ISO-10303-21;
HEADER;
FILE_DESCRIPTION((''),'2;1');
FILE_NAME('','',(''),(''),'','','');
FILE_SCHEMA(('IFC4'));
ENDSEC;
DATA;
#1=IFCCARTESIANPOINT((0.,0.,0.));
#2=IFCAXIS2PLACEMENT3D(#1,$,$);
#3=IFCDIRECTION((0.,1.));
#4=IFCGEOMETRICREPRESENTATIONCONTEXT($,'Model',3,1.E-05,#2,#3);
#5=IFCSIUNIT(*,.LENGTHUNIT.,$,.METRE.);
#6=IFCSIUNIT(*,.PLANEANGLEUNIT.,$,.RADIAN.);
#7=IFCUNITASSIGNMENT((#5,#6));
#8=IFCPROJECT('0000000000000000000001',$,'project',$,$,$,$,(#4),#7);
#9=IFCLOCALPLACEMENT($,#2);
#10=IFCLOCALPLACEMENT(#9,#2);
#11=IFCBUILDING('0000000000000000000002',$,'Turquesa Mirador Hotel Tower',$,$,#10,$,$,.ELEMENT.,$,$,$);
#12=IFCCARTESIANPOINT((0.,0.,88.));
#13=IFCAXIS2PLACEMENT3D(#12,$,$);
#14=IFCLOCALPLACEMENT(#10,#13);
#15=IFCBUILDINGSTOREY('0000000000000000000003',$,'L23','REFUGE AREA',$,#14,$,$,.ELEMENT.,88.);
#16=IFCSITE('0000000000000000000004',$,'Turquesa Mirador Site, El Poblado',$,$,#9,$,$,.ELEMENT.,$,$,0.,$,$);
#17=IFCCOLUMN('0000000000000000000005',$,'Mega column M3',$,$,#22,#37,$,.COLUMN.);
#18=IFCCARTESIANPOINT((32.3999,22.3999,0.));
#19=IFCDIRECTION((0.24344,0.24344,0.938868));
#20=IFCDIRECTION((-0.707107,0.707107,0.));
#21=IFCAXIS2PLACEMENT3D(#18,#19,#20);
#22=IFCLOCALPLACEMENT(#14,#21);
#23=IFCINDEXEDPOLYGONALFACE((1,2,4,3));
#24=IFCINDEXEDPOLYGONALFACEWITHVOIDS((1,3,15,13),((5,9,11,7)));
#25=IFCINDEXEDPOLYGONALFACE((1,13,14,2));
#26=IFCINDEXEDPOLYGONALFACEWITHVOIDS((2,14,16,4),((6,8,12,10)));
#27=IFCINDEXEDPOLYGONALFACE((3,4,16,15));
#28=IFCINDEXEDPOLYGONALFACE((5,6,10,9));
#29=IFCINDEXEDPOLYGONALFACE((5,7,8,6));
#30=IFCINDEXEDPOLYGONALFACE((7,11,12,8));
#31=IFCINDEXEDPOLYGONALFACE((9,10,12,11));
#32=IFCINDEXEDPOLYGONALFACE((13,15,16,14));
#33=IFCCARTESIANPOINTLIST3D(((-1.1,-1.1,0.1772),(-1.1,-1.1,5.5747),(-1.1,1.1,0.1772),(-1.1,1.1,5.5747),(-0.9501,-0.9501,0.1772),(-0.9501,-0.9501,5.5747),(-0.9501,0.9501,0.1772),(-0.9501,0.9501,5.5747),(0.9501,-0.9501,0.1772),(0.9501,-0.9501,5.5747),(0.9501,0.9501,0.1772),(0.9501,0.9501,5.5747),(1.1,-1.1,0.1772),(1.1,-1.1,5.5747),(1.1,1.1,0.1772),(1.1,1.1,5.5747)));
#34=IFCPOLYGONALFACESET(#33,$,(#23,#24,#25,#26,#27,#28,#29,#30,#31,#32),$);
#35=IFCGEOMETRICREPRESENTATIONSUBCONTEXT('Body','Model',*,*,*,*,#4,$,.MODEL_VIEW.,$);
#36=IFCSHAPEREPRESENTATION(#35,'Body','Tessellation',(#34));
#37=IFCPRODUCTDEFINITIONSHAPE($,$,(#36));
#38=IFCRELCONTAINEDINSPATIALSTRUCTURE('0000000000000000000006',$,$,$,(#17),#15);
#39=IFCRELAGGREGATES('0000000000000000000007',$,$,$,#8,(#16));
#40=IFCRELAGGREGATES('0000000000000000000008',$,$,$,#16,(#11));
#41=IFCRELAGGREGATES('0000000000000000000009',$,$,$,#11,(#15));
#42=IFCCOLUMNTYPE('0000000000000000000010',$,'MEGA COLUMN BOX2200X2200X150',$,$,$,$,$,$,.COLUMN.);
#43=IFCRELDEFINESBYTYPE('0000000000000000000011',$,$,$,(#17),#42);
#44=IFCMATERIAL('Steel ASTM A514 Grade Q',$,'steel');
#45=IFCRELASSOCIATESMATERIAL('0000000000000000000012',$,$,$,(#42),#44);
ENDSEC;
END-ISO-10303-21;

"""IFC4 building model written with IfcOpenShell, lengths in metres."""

from ifc_helpers import new_model, si_unit, direction, frame, origin, origin_2d, place, context, subcontext, project, spatial, hollow_rectangle, extrude, clip, halfspace, material, material_profile, profile_set, type_object, element, save


model = new_model("IFC4")

# Units and contexts
model_context = context("Model", 3, precision=1e-05, world=origin(), true_north=direction((0.0, 1.0)))
body_context = subcontext(model_context, "Body", "Model", "MODEL_VIEW")
ifc_project = project(units=[si_unit("LENGTHUNIT", "METRE"), si_unit("PLANEANGLEUNIT", "RADIAN")], contexts=[model_context])

# Site, building, storey
site_placement = place(None, origin())
site = spatial("IfcSite", under=ifc_project, at=site_placement, Name="Turquesa Mirador Site, El Poblado", CompositionType="ELEMENT", RefElevation=0.0)
building_placement = place(site_placement, origin())
building = spatial("IfcBuilding", under=site, at=building_placement, Name="Turquesa Mirador Hotel Tower", CompositionType="ELEMENT")
storey_placement = place(building_placement, frame((0.0, 0.0, 88.0)))
storey = spatial("IfcBuildingStorey", under=building, at=storey_placement, Name="L23", Description="REFUGE AREA", CompositionType="ELEMENT", Elevation=88.0)

# Column
ifc_material_1 = material(Name="Steel ASTM A514 Grade Q", Category="steel")
ifc_material_profile_1 = material_profile(ifc_material_1, hollow_rectangle(XDim=2.2, YDim=2.2, WallThickness=0.1499, at=origin_2d()), Name="BOX2200X2200X150")
ifc_profile_set_1 = profile_set([ifc_material_profile_1], Name="Steel ASTM A514 Grade Q")
column_type = type_object("IfcColumnType", Name="MEGA COLUMN BOX2200X2200X150", PredefinedType="COLUMN", material=ifc_profile_set_1)
column_placement = place(storey_placement, frame((32.3999, 22.3999, 0.0), z_axis=(0.24344, 0.24344, 0.938868), x_axis=(-0.707107, 0.707107, 0.0)))
element("IfcColumn", 1, at=column_placement, inside=storey, type_object=column_type, Name="Mega column M3", PredefinedType="COLUMN", context=body_context, shape_type="Clipping", body=[
    clip(clip(extrude(hollow_rectangle(XDim=2.2, YDim=2.2, WallThickness=0.1499, at=origin_2d()), origin(), (0.0, 0.0, 1.0), 5.7515), halfspace(frame((0.0, 0.0, 0.1772), z_axis=(0.0, 0.0, -1.0), x_axis=(1.0, 0.0, 0.0)), False)), halfspace(frame((0.0, 0.0, 5.5747), z_axis=(0.0, 0.0, 1.0), x_axis=(1.0, 0.0, 0.0)), False)),
])

save(model, "model.ifc")
